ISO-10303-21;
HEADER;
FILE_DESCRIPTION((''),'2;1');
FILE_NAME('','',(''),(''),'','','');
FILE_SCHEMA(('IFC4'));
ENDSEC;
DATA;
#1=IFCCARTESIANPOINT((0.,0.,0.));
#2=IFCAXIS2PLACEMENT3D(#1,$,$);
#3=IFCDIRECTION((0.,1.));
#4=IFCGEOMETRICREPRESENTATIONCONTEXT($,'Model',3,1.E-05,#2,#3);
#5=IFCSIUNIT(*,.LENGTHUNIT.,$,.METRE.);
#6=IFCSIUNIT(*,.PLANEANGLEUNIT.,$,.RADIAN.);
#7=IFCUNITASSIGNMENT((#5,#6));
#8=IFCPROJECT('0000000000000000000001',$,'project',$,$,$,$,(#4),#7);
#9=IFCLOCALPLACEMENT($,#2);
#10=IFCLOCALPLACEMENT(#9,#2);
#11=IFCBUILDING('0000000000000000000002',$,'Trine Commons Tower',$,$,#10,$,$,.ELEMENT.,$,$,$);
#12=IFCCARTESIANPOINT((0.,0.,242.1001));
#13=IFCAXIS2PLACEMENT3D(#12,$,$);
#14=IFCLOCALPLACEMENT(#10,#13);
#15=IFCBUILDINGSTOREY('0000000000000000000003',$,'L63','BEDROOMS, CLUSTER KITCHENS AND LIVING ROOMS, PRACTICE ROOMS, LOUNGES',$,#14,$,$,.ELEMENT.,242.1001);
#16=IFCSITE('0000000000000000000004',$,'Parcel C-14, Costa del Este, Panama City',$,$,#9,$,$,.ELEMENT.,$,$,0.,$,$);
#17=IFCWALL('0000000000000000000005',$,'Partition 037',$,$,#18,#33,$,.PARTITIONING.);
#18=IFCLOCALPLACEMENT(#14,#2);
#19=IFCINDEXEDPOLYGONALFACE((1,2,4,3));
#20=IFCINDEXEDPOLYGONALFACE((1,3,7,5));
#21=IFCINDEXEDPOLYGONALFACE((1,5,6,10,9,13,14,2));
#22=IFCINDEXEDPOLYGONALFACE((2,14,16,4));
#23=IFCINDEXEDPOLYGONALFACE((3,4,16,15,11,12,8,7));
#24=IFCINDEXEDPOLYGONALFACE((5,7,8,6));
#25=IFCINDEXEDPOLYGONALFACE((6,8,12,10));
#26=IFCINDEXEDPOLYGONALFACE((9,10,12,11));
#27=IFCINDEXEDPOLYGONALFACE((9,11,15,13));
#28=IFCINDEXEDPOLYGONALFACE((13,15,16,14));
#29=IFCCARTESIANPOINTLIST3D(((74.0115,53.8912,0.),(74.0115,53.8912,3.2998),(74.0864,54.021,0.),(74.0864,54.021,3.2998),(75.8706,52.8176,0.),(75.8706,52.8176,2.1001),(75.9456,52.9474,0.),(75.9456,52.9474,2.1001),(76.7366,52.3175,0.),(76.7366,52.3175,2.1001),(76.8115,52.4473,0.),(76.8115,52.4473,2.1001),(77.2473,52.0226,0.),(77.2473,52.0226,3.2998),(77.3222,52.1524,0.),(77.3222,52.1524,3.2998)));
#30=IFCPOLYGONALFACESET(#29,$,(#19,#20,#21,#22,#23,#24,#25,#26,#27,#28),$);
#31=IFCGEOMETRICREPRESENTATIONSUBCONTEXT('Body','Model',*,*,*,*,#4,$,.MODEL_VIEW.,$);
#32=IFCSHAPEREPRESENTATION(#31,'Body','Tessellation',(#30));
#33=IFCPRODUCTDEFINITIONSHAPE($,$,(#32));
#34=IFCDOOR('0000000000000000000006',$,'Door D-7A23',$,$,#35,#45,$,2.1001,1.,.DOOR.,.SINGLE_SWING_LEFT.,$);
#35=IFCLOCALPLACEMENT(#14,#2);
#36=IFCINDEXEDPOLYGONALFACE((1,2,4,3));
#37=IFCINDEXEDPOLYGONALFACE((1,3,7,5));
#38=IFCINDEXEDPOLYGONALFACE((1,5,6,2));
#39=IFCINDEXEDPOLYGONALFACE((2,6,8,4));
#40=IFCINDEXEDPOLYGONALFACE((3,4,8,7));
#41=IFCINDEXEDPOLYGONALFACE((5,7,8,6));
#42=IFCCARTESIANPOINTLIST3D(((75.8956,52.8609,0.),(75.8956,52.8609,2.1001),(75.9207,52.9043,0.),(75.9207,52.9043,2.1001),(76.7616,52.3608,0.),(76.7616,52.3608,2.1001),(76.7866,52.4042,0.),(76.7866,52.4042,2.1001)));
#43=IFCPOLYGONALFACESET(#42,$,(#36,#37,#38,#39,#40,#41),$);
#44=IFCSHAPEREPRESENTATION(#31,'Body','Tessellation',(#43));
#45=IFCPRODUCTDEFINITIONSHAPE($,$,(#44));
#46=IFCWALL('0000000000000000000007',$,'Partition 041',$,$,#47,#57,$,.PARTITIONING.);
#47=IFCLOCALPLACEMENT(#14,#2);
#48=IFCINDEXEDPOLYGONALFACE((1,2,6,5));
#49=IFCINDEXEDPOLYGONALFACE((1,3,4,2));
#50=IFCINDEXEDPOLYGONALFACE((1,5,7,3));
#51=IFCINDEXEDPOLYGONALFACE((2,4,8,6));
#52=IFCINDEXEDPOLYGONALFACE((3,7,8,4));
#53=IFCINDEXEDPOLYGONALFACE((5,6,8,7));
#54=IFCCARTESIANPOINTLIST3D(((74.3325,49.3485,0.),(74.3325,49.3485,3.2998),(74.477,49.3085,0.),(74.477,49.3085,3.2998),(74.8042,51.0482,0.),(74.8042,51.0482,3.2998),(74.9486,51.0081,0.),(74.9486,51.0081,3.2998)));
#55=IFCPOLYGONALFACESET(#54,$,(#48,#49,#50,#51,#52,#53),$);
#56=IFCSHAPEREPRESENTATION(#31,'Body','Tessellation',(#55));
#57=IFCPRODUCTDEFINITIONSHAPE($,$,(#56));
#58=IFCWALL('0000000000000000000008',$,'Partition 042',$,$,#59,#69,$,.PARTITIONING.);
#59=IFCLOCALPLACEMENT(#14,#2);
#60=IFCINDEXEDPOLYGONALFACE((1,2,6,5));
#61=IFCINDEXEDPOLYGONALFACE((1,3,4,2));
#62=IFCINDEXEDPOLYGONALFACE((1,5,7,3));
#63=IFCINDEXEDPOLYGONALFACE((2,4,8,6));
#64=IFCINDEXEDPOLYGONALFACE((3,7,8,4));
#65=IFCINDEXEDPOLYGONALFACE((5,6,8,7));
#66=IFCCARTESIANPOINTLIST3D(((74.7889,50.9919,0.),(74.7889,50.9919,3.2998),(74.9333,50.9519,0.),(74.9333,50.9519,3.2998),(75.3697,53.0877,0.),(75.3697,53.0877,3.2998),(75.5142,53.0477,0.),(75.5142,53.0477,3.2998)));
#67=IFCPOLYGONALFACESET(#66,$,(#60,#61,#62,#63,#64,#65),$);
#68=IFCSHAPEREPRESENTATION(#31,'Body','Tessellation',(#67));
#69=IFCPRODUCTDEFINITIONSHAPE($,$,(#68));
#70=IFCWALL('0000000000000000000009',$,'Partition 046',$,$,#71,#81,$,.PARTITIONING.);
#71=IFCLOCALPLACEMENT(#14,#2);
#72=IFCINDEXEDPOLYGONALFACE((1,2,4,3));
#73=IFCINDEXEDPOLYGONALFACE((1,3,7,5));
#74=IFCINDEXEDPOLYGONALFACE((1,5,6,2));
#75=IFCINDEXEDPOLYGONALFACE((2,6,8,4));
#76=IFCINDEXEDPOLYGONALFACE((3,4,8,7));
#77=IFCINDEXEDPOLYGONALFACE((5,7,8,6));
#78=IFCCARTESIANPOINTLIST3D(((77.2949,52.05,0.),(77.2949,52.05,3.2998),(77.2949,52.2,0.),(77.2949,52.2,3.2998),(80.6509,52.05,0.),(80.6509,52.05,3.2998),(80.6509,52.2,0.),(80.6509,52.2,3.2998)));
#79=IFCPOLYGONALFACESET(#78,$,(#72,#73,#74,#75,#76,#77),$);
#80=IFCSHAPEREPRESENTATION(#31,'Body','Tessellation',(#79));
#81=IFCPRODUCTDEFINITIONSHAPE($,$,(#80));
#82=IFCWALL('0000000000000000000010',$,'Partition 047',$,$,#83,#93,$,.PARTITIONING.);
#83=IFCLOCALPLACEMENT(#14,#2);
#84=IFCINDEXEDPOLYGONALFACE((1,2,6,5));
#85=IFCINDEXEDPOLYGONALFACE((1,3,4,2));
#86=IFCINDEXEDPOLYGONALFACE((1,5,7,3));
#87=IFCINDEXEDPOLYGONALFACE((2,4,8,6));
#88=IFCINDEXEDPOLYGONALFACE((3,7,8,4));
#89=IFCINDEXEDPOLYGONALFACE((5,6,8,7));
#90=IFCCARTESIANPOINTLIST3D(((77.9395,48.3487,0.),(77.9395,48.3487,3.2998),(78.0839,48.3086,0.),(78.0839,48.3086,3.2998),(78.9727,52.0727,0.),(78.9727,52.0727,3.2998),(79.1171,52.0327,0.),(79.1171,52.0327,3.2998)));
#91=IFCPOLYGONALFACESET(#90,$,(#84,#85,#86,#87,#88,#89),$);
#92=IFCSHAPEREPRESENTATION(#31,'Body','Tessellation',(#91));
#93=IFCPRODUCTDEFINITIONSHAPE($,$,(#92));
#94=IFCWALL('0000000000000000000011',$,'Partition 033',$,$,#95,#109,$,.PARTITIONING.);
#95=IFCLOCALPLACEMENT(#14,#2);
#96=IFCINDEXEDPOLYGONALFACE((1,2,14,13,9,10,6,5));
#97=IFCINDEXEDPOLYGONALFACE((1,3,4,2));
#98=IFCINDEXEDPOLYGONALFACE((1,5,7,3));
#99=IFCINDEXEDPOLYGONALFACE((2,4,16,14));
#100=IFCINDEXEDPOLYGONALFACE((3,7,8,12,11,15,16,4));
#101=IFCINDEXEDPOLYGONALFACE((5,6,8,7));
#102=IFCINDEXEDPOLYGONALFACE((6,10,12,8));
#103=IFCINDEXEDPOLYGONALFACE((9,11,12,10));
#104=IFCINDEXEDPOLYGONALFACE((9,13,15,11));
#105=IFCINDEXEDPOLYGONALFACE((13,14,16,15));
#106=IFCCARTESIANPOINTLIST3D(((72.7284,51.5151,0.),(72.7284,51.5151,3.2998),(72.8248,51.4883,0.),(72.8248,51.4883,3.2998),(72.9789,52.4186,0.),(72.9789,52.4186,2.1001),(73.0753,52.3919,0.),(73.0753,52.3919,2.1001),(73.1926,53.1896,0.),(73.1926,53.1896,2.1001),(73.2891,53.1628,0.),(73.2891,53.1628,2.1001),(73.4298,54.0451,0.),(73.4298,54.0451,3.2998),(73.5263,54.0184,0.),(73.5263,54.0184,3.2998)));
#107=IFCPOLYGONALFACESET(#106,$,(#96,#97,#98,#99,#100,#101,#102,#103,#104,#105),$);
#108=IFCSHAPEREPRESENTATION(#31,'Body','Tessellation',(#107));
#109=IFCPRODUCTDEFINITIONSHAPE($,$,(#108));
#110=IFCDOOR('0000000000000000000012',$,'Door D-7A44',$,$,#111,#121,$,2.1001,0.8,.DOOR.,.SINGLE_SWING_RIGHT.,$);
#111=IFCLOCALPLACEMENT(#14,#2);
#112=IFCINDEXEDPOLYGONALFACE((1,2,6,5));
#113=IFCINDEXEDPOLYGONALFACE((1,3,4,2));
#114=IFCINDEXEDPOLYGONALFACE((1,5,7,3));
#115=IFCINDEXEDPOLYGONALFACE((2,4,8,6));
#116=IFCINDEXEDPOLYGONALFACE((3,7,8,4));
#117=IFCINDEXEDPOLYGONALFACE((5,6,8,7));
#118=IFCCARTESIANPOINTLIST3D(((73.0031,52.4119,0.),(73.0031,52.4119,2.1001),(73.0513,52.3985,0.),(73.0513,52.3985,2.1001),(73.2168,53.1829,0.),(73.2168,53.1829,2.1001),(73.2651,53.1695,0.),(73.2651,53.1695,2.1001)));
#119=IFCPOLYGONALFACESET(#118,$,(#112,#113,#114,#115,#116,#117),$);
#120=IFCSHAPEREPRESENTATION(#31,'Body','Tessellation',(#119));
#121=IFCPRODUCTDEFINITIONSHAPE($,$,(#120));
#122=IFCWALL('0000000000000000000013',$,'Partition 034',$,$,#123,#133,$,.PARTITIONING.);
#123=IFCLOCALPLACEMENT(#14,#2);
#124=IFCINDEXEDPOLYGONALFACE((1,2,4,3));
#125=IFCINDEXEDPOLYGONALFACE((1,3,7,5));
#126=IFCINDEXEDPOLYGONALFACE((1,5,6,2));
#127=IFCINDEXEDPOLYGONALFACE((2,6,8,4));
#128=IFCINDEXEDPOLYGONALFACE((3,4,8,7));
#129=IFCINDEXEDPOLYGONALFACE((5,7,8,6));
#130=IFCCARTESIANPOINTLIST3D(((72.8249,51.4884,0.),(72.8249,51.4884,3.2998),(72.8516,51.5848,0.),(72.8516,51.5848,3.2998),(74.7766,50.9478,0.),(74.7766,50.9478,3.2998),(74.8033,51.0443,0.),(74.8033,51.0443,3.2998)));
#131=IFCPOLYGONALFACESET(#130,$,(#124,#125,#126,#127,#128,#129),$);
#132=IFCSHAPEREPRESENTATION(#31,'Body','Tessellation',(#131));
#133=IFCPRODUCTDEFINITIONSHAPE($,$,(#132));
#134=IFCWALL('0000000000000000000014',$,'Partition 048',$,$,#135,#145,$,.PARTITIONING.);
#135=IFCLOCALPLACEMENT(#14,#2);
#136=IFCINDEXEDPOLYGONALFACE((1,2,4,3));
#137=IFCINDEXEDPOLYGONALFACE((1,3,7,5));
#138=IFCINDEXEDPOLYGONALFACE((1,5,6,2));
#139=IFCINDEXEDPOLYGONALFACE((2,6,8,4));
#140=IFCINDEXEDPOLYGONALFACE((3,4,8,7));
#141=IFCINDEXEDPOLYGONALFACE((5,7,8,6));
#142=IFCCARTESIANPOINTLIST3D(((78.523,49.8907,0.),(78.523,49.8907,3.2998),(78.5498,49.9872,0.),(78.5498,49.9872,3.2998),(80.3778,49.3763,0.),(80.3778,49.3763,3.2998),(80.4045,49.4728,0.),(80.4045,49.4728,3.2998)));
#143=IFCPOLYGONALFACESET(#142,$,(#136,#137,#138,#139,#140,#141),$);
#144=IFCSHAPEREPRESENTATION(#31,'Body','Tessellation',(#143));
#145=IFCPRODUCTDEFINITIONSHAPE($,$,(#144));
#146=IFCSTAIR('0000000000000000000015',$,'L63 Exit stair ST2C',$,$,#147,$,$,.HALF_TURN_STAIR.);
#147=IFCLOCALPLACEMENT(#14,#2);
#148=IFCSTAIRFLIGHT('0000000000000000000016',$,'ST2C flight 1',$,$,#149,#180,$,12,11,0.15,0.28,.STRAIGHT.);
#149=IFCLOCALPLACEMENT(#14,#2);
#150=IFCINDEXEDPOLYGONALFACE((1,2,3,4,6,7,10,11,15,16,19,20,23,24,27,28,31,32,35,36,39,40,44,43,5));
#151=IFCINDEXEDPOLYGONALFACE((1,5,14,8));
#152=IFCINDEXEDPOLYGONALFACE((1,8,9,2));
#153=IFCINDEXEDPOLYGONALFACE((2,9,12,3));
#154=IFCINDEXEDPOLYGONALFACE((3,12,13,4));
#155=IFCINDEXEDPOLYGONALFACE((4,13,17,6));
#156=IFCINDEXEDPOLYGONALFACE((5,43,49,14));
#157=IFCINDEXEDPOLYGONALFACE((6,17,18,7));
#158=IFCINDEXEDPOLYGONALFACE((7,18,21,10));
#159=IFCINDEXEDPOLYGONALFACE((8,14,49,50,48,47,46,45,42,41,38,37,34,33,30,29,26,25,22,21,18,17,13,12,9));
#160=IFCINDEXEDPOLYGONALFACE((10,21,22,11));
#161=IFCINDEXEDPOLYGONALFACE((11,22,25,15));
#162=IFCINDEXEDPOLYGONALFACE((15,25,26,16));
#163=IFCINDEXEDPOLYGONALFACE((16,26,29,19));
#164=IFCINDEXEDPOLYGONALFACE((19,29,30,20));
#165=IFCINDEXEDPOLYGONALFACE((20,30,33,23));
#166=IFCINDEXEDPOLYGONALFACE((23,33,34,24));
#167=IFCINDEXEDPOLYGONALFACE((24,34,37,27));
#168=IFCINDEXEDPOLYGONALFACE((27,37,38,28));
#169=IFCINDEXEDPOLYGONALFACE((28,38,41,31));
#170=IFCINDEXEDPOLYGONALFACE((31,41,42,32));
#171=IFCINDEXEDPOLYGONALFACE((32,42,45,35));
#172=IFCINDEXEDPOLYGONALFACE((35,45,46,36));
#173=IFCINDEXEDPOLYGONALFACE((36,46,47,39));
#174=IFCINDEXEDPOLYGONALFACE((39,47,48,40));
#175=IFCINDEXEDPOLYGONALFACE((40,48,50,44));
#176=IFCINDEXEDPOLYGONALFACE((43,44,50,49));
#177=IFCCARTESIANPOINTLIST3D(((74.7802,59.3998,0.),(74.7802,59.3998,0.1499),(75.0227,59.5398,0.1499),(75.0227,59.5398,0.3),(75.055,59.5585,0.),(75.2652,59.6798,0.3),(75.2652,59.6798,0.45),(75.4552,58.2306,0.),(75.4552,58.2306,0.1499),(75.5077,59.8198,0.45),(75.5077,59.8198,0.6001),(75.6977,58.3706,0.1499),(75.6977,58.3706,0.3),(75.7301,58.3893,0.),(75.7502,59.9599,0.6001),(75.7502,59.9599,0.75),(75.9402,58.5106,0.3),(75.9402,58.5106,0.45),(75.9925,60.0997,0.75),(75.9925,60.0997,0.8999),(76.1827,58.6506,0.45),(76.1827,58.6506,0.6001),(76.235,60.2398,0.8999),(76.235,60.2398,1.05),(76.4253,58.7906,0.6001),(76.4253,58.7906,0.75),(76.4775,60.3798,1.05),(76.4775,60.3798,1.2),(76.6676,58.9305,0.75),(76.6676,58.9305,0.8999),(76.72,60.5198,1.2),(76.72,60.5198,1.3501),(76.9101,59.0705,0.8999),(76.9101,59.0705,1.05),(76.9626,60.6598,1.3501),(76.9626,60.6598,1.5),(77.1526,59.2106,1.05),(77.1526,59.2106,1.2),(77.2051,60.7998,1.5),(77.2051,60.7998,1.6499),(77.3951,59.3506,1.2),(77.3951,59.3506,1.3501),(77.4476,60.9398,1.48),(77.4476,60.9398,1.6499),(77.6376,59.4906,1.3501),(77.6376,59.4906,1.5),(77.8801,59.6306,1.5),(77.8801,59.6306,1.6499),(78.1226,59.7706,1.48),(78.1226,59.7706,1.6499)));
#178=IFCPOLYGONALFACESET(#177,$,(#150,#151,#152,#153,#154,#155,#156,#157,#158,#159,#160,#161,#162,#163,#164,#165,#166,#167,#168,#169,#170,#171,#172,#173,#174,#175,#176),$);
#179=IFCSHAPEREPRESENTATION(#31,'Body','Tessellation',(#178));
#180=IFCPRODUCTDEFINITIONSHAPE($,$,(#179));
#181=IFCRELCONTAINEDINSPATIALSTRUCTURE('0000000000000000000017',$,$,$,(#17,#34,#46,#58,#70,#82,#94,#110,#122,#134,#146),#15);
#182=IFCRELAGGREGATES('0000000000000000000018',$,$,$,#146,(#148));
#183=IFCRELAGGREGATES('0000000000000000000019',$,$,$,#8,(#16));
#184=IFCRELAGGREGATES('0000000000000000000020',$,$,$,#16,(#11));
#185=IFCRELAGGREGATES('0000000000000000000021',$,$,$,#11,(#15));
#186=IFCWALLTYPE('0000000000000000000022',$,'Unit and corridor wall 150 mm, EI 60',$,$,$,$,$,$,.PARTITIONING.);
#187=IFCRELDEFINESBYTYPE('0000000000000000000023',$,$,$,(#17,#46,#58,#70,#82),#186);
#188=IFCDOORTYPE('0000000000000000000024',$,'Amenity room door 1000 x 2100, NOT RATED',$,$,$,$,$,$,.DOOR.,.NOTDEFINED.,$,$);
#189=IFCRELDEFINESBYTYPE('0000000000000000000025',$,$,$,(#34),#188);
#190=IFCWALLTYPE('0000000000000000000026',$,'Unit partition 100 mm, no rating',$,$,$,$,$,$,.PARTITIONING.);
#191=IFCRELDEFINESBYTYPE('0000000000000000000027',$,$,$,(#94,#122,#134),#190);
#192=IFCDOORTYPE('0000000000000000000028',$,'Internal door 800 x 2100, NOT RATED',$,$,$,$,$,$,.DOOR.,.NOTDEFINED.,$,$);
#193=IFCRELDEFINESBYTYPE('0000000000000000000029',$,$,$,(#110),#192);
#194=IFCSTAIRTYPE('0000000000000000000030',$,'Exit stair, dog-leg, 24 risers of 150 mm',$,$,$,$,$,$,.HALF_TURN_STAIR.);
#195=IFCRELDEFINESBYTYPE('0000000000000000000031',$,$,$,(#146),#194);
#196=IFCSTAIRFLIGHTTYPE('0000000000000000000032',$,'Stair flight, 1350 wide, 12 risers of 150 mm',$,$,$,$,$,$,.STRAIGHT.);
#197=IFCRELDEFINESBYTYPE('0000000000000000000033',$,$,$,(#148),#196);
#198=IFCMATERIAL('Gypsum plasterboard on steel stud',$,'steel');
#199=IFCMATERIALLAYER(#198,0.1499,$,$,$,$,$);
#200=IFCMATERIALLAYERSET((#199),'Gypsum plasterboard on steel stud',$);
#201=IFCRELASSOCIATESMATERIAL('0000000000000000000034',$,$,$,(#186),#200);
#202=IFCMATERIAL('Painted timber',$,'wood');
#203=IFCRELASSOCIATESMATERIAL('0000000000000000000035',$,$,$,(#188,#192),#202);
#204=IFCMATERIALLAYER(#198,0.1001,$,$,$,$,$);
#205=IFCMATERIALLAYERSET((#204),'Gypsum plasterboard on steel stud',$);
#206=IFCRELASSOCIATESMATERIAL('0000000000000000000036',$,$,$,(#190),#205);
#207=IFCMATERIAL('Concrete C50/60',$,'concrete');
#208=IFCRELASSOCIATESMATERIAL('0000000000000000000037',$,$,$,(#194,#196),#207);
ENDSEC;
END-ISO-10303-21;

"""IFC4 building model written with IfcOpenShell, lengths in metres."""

from ifc_helpers import new_model, si_unit, direction, frame, frame_2d, origin, place, context, subcontext, project, spatial, polyline, rectangle, outline, extrude, material, layer, layer_set, type_object, element, fill, aggregate, save


model = new_model("IFC4")

# Units and contexts
model_context = context("Model", 3, precision=1e-05, world=origin(), true_north=direction((0.0, 1.0)))
body_context = subcontext(model_context, "Body", "Model", "MODEL_VIEW")
ifc_project = project(units=[si_unit("LENGTHUNIT", "METRE"), si_unit("PLANEANGLEUNIT", "RADIAN")], contexts=[model_context])

# Site, building, storey
site_placement = place(None, origin())
site = spatial("IfcSite", under=ifc_project, at=site_placement, Name="Parcel C-14, Costa del Este, Panama City", CompositionType="ELEMENT", RefElevation=0.0)
building_placement = place(site_placement, origin())
building = spatial("IfcBuilding", under=site, at=building_placement, Name="Trine Commons Tower", CompositionType="ELEMENT")
storey_placement = place(building_placement, frame((0.0, 0.0, 242.1001)))
storey = spatial("IfcBuildingStorey", under=building, at=storey_placement, Name="L63", Description="BEDROOMS, CLUSTER KITCHENS AND LIVING ROOMS, PRACTICE ROOMS, LOUNGES", CompositionType="ELEMENT", Elevation=242.1001)

# Shared definitions
ifc_material_1 = material(Name="Concrete C50/60", Category="concrete")

# Shared definitions
ifc_material_2 = material(Name="Gypsum plasterboard on steel stud", Category="steel")
ifc_layer_1 = layer(ifc_material_2, 0.1499)
ifc_layer_set_1 = layer_set([ifc_layer_1], Name="Gypsum plasterboard on steel stud")
wall_type_1 = type_object("IfcWallType", Name="Unit and corridor wall 150 mm, EI 60", PredefinedType="PARTITIONING", material=ifc_layer_set_1)

# Wall, opening, door
wall_1_placement = place(storey_placement, frame((74.0491, 53.9561, 0.0), z_axis=(0.0, 0.0, 1.0), x_axis=(0.865974, -0.500088, 0.0)))
wall_1 = element("IfcWall", 1, at=wall_1_placement, inside=storey, type_object=wall_type_1, Name="Partition 037", PredefinedType="PARTITIONING", context=body_context, shape_type="SweptSolid", body=[
    extrude(rectangle(XDim=3.7366, YDim=0.1499, at=frame_2d((1.8682, 0.0))), origin(), (0.0, 0.0, 1.0), 3.2998),
])
opening_1_placement = place(wall_1_placement, frame((2.1467, 0.0, 0.0)))
opening_1 = element("IfcOpeningElement", 2, at=opening_1_placement, cuts=wall_1, PredefinedType="OPENING", context=body_context, shape_type="SweptSolid", body=[
    extrude(rectangle(XDim=1.0, YDim=2.1001, at=frame_2d((0.5, 1.05))), frame((0.0, 0.085, 0.0), z_axis=(0.0, -1.0, 0.0), x_axis=(1.0, 0.0, 0.0)), (0.0, 0.0, 1.0), 0.1699),
])
ifc_material_3 = material(Name="Painted timber", Category="wood")
door_type_1 = type_object("IfcDoorType", Name="Amenity room door 1000 x 2100, NOT RATED", OperationType="NOTDEFINED", PredefinedType="DOOR", material=ifc_material_3)
door_1_placement = place(opening_1_placement, frame((1.0, 0.0, 0.0), z_axis=(0.0, 0.0, 1.0), x_axis=(-1.0, 0.0, 0.0)))
door_1 = element("IfcDoor", 3, at=door_1_placement, inside=storey, type_object=door_type_1, Name="Door D-7A23", OperationType="SINGLE_SWING_LEFT", OverallHeight=2.1001, OverallWidth=1.0, PredefinedType="DOOR", context=body_context, shape_type="SweptSolid", body=[
    extrude(rectangle(XDim=1.0, YDim=2.1001, at=frame_2d((0.5, 1.05))), frame((0.0, 0.0249, 0.0), z_axis=(0.0, -1.0, 0.0), x_axis=(1.0, 0.0, 0.0)), (0.0, 0.0, 1.0), 0.05),
])
fill(opening_1, door_1)

# Walls
wall_2_placement = place(storey_placement, frame((74.4048, 49.3286, 0.0), z_axis=(0.0, 0.0, 1.0), x_axis=(0.267401, 0.963585, 0.0)))
element("IfcWall", 4, at=wall_2_placement, inside=storey, type_object=wall_type_1, Name="Partition 041", PredefinedType="PARTITIONING", context=body_context, shape_type="SweptSolid", body=[
    extrude(rectangle(XDim=1.7639, YDim=0.1499, at=frame_2d((0.8818, 0.0))), origin(), (0.0, 0.0, 1.0), 3.2998),
])
wall_3_placement = place(storey_placement, frame((74.8611, 50.9719, 0.0), z_axis=(0.0, 0.0, 1.0), x_axis=(0.267076, 0.963675, 0.0)))
element("IfcWall", 5, at=wall_3_placement, inside=storey, type_object=wall_type_1, Name="Partition 042", PredefinedType="PARTITIONING", context=body_context, shape_type="SweptSolid", body=[
    extrude(rectangle(XDim=2.1748, YDim=0.1499, at=frame_2d((1.0874, 0.0))), origin(), (0.0, 0.0, 1.0), 3.2998),
])
wall_4_placement = place(storey_placement, frame((77.2949, 52.125, 0.0), z_axis=(0.0, 0.0, 1.0), x_axis=(1.0, 0.0, 0.0)))
element("IfcWall", 6, at=wall_4_placement, inside=storey, type_object=wall_type_1, Name="Partition 046", PredefinedType="PARTITIONING", context=body_context, shape_type="SweptSolid", body=[
    extrude(rectangle(XDim=3.356, YDim=0.1499, at=frame_2d((1.678, 0.0))), origin(), (0.0, 0.0, 1.0), 3.2998),
])
wall_5_placement = place(storey_placement, frame((78.0117, 48.3286, 0.0), z_axis=(0.0, 0.0, 1.0), x_axis=(0.267338, 0.963603, 0.0)))
element("IfcWall", 7, at=wall_5_placement, inside=storey, type_object=wall_type_1, Name="Partition 047", PredefinedType="PARTITIONING", context=body_context, shape_type="SweptSolid", body=[
    extrude(rectangle(XDim=3.8647, YDim=0.1499, at=frame_2d((1.9324, 0.0))), origin(), (0.0, 0.0, 1.0), 3.2998),
])

# Wall, opening, door
ifc_layer_2 = layer(ifc_material_2, 0.1001)
ifc_layer_set_2 = layer_set([ifc_layer_2], Name="Gypsum plasterboard on steel stud")
wall_type_2 = type_object("IfcWallType", Name="Unit partition 100 mm, no rating", PredefinedType="PARTITIONING", material=ifc_layer_set_2)
wall_6_placement = place(storey_placement, frame((72.7766, 51.5017, 0.0), z_axis=(0.0, 0.0, 1.0), x_axis=(0.267159, 0.963652, 0.0)))
wall_6 = element("IfcWall", 8, at=wall_6_placement, inside=storey, type_object=wall_type_2, Name="Partition 033", PredefinedType="PARTITIONING", context=body_context, shape_type="SweptSolid", body=[
    extrude(rectangle(XDim=2.6255, YDim=0.1001, at=frame_2d((1.3127, 0.0))), origin(), (0.0, 0.0, 1.0), 3.2998),
])
opening_2_placement = place(wall_6_placement, frame((0.9377, 0.0, 0.0)))
opening_2 = element("IfcOpeningElement", 9, at=opening_2_placement, cuts=wall_6, PredefinedType="OPENING", context=body_context, shape_type="SweptSolid", body=[
    extrude(rectangle(XDim=0.8, YDim=2.1001, at=frame_2d((0.3999, 1.05))), frame((0.0, 0.0601, 0.0), z_axis=(0.0, -1.0, 0.0), x_axis=(1.0, 0.0, 0.0)), (0.0, 0.0, 1.0), 0.1201),
])
door_type_2 = type_object("IfcDoorType", Name="Internal door 800 x 2100, NOT RATED", OperationType="NOTDEFINED", PredefinedType="DOOR", material=ifc_material_3)
door_2_placement = place(opening_2_placement, origin())
door_2 = element("IfcDoor", 10, at=door_2_placement, inside=storey, type_object=door_type_2, Name="Door D-7A44", OperationType="SINGLE_SWING_RIGHT", OverallHeight=2.1001, OverallWidth=0.8, PredefinedType="DOOR", context=body_context, shape_type="SweptSolid", body=[
    extrude(rectangle(XDim=0.8, YDim=2.1001, at=frame_2d((0.3999, 1.05))), frame((0.0, 0.0249, 0.0), z_axis=(0.0, -1.0, 0.0), x_axis=(1.0, 0.0, 0.0)), (0.0, 0.0, 1.0), 0.05),
])
fill(opening_2, door_2)

# Walls
wall_7_placement = place(storey_placement, frame((72.8381, 51.5366, 0.0), z_axis=(0.0, 0.0, 1.0), x_axis=(0.963721, -0.26691, 0.0)))
element("IfcWall", 11, at=wall_7_placement, inside=storey, type_object=wall_type_2, Name="Partition 034", PredefinedType="PARTITIONING", context=body_context, shape_type="SweptSolid", body=[
    extrude(rectangle(XDim=2.0251, YDim=0.1001, at=frame_2d((1.0127, 0.0))), origin(), (0.0, 0.0, 1.0), 3.2998),
])
wall_8_placement = place(storey_placement, frame((78.5364, 49.939, 0.0), z_axis=(0.0, 0.0, 1.0), x_axis=(0.963625, -0.267258, 0.0)))
element("IfcWall", 12, at=wall_8_placement, inside=storey, type_object=wall_type_2, Name="Partition 048", PredefinedType="PARTITIONING", context=body_context, shape_type="SweptSolid", body=[
    extrude(rectangle(XDim=1.9248, YDim=0.1001, at=frame_2d((0.9624, 0.0))), origin(), (0.0, 0.0, 1.0), 3.2998),
])

# Stair, stair flight
stair_type = type_object("IfcStairType", Name="Exit stair, dog-leg, 24 risers of 150 mm", PredefinedType="HALF_TURN_STAIR", material=ifc_material_1)
stair_placement = place(storey_placement, origin())
stair = element("IfcStair", 13, at=stair_placement, inside=storey, type_object=stair_type, Name="L63 Exit stair ST2C", PredefinedType="HALF_TURN_STAIR")
stair_flight_type = type_object("IfcStairFlightType", Name="Stair flight, 1350 wide, 12 risers of 150 mm", PredefinedType="STRAIGHT", material=ifc_material_1)
stair_flight_placement = place(storey_placement, frame((75.1177, 58.8152, 0.0), z_axis=(0.0, 0.0, 1.0), x_axis=(0.866025, 0.5, 0.0)))
stair_flight = element("IfcStairFlight", 14, at=stair_flight_placement, type_object=stair_flight_type, Name="ST2C flight 1", NumberOfRisers=12, NumberOfTreads=11, PredefinedType="STRAIGHT", RiserHeight=0.15, TreadLength=0.28, context=body_context, shape_type="SweptSolid", body=[
    extrude(outline(polyline([(0.0, 0.0), (0.0, 0.1499), (0.28, 0.1499), (0.28, 0.3), (0.5601, 0.3), (0.5601, 0.45), (0.8401, 0.45), (0.8401, 0.6001), (1.1201, 0.6001), (1.1201, 0.75), (1.3999, 0.75), (1.3999, 0.8999), (1.6799, 0.8999), (1.6799, 1.05), (1.96, 1.05), (1.96, 1.2), (2.24, 1.2), (2.24, 1.3501), (2.52, 1.3501), (2.52, 1.5), (2.8, 1.5), (2.8, 1.6499), (3.0801, 1.6499), (3.0801, 1.8), (3.0801, 1.48), (0.3174, 0.0), (0.0, 0.0)])), frame((0.0, 0.675, 0.0), z_axis=(0.0, -1.0, 0.0), x_axis=(1.0, 0.0, 0.0)), (0.0, 0.0, 1.0), 1.3501),
])
aggregate(stair, [stair_flight])

save(model, "model.ifc")
